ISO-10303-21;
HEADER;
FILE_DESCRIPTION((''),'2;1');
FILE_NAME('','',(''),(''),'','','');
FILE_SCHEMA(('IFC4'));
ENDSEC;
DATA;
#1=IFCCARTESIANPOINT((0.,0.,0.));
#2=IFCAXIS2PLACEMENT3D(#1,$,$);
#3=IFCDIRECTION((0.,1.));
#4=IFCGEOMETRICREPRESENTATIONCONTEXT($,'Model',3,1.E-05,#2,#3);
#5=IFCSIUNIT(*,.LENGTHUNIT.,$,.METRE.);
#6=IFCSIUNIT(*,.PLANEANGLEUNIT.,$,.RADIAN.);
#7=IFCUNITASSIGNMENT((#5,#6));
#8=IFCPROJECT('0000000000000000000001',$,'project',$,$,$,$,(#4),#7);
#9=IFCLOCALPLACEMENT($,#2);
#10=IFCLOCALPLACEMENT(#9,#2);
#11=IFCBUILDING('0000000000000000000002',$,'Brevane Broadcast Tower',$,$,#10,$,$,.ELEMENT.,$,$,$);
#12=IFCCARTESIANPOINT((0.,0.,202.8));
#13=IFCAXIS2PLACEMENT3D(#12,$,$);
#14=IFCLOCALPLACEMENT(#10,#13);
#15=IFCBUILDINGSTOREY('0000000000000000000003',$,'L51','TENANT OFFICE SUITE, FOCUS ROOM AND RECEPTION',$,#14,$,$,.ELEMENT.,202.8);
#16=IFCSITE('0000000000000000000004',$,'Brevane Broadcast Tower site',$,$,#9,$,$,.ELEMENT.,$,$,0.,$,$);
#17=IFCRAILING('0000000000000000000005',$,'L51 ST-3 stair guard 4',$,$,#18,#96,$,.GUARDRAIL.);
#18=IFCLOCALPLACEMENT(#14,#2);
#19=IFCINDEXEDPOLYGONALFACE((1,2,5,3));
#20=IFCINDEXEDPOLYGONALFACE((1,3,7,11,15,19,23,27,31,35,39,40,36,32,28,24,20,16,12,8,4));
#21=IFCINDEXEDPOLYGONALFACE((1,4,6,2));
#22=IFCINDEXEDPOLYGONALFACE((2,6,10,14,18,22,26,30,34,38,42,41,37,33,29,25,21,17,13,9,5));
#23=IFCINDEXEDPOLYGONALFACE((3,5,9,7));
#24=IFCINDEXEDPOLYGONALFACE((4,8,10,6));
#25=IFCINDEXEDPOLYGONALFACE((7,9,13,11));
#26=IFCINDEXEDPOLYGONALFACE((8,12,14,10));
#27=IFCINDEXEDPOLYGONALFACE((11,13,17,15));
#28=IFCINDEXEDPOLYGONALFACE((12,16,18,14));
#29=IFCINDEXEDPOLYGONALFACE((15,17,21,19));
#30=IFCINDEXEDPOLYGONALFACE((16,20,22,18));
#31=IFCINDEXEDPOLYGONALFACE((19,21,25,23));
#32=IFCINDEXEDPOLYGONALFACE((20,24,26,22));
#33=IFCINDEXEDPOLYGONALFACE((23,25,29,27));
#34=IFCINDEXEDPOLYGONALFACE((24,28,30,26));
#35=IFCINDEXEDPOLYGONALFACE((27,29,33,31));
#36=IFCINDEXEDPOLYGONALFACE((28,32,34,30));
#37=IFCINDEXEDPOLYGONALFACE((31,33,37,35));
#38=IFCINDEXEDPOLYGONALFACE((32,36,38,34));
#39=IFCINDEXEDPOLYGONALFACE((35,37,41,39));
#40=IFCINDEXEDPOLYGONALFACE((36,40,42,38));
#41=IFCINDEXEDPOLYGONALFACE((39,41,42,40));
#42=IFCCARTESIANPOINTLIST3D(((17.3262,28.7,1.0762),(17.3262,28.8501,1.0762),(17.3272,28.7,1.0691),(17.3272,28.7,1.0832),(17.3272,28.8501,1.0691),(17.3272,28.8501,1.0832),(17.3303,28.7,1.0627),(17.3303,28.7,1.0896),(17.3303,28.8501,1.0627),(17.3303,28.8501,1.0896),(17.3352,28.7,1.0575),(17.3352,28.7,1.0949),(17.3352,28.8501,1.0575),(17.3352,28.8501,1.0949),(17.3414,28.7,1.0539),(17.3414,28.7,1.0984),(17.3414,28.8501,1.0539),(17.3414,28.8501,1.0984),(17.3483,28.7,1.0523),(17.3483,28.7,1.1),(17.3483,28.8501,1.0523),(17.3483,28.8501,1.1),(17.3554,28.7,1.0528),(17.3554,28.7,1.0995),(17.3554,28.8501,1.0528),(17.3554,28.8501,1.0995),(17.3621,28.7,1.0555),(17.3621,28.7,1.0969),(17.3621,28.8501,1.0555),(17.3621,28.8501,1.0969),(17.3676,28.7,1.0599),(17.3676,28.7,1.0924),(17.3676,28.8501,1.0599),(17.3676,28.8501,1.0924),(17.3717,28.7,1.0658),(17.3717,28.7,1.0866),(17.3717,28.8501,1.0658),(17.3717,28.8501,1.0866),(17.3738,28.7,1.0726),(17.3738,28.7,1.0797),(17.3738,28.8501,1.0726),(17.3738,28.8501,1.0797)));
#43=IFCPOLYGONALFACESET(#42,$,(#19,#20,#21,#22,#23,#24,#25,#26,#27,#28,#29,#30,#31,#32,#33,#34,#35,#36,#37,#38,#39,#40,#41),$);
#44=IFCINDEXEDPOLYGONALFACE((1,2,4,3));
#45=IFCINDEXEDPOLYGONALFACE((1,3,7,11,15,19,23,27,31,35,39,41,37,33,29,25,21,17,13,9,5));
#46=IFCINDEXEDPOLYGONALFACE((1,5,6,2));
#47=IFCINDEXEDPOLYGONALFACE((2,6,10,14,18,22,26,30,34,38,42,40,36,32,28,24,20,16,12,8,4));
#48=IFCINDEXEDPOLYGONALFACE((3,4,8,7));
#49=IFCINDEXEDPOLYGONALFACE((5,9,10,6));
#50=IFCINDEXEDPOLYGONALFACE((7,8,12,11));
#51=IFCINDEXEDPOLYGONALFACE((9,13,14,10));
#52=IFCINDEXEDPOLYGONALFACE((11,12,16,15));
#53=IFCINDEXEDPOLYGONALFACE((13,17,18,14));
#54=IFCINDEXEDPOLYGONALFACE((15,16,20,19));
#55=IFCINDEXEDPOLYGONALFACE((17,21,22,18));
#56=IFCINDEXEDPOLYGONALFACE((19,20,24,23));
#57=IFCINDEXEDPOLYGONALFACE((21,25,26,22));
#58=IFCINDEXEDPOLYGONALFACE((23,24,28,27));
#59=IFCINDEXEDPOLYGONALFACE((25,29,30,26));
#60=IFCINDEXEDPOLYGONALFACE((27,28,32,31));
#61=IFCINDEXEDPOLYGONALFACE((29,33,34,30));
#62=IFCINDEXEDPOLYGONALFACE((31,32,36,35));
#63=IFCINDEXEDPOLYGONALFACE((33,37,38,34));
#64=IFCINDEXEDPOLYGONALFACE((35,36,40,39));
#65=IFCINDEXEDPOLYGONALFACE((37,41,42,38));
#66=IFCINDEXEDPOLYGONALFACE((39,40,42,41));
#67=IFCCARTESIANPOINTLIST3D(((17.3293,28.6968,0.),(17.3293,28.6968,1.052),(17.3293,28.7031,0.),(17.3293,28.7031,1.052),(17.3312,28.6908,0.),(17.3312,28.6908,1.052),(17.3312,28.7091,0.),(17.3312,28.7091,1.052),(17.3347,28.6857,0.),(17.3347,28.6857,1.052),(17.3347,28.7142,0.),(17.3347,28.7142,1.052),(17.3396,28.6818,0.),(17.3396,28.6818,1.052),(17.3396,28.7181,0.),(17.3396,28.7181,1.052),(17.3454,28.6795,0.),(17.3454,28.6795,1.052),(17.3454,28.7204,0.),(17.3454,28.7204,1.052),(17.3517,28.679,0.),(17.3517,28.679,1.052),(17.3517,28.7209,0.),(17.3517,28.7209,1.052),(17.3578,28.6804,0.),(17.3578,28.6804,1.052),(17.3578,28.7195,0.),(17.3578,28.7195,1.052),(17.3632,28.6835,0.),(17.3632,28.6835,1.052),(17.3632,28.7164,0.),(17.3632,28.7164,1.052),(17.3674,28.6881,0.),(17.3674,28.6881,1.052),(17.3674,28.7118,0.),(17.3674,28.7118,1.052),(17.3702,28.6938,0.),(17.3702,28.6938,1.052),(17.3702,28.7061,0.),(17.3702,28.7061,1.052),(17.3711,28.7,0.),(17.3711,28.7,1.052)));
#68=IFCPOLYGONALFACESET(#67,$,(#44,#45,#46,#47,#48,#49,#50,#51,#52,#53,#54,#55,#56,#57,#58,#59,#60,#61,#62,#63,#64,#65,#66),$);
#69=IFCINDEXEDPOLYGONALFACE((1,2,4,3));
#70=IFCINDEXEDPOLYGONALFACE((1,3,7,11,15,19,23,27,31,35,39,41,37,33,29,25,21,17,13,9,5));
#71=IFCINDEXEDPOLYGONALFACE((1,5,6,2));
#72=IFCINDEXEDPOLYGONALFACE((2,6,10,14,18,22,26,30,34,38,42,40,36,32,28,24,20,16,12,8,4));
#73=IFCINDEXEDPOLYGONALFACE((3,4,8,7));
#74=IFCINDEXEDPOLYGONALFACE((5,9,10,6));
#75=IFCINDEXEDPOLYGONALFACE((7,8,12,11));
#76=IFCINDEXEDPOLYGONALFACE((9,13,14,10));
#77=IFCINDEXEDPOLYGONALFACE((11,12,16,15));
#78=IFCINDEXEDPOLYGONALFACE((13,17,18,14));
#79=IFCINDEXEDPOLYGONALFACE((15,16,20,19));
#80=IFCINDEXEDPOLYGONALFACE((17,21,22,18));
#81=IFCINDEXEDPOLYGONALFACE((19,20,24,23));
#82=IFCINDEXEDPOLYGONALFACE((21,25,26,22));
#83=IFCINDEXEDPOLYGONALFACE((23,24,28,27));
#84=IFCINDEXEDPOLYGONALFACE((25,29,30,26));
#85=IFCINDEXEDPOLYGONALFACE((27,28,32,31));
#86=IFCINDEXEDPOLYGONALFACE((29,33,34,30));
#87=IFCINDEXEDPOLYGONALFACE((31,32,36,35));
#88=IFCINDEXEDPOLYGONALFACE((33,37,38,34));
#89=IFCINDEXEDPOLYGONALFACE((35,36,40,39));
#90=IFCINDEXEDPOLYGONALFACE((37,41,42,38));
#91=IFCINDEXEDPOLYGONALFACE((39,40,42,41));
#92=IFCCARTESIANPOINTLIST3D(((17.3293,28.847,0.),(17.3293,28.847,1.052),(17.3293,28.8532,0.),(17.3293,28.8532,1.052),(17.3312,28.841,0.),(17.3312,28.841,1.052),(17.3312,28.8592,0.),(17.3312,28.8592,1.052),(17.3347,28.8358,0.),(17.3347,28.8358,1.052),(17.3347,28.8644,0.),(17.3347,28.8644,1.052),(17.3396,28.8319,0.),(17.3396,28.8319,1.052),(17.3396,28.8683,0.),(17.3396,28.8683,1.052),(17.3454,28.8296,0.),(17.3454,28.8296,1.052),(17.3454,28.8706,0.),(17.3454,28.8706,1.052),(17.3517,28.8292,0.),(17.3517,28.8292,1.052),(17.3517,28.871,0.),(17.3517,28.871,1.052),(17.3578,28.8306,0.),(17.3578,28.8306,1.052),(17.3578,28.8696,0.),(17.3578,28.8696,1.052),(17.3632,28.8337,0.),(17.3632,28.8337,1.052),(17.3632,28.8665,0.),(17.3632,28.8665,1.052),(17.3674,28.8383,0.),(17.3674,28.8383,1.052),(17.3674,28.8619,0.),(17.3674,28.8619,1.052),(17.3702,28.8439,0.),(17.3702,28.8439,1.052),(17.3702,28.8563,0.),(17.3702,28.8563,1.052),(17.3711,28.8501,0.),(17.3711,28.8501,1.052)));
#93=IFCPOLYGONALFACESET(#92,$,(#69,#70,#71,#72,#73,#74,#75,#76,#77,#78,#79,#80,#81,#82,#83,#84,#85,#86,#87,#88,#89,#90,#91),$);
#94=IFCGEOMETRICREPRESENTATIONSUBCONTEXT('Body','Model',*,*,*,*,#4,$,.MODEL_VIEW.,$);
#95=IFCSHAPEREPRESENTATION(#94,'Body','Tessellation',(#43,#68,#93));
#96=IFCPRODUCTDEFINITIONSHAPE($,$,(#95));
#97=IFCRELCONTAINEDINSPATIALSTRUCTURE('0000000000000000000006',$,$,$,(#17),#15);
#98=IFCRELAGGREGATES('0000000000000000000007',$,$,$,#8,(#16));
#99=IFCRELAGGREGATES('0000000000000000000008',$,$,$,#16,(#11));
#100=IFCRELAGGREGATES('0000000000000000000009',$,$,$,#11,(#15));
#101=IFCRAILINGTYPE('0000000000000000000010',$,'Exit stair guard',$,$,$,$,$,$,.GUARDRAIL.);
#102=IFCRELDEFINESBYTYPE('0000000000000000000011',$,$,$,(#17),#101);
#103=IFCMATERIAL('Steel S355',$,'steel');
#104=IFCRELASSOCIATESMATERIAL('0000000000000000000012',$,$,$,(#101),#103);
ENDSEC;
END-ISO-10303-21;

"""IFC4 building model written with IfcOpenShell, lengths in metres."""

from ifc_helpers import new_model, si_unit, direction, frame, origin, origin_2d, place, context, subcontext, project, spatial, circle, extrude, material, type_object, element, save


model = new_model("IFC4")

# Units and contexts
model_context = context("Model", 3, precision=1e-05, world=origin(), true_north=direction((0.0, 1.0)))
body_context = subcontext(model_context, "Body", "Model", "MODEL_VIEW")
ifc_project = project(units=[si_unit("LENGTHUNIT", "METRE"), si_unit("PLANEANGLEUNIT", "RADIAN")], contexts=[model_context])

# Site, building, storey
site_placement = place(None, origin())
site = spatial("IfcSite", under=ifc_project, at=site_placement, Name="Brevane Broadcast Tower site", CompositionType="ELEMENT", RefElevation=0.0)
building_placement = place(site_placement, origin())
building = spatial("IfcBuilding", under=site, at=building_placement, Name="Brevane Broadcast Tower", CompositionType="ELEMENT")
storey_placement = place(building_placement, frame((0.0, 0.0, 202.8)))
storey = spatial("IfcBuildingStorey", under=building, at=storey_placement, Name="L51", Description="TENANT OFFICE SUITE, FOCUS ROOM AND RECEPTION", CompositionType="ELEMENT", Elevation=202.8)

# Railing
ifc_material_1 = material(Name="Steel S355", Category="steel")
railing_type_1 = type_object("IfcRailingType", Name="Exit stair guard", PredefinedType="GUARDRAIL", material=ifc_material_1)
railing_1_placement = place(storey_placement, frame((17.3501, 28.7, 0.0)))
element("IfcRailing", 1, at=railing_1_placement, inside=storey, type_object=railing_type_1, Name="L51 ST-3 stair guard 4", PredefinedType="GUARDRAIL", context=body_context, shape_type="SweptSolid", body=[
    extrude(circle(Radius=0.0239, at=origin_2d()), frame((0.0, 0.0, 1.0762), z_axis=(0.0, 1.0, 0.0), x_axis=(-1.0, 0.0, 0.0)), (0.0, 0.0, 1.0), 0.1501),
    extrude(circle(Radius=0.021, at=origin_2d()), origin(), (0.0, 0.0, 1.0), 1.052),
    extrude(circle(Radius=0.021, at=origin_2d()), frame((0.0, 0.1501, 0.0)), (0.0, 0.0, 1.0), 1.052),
])

save(model, "model.ifc")
